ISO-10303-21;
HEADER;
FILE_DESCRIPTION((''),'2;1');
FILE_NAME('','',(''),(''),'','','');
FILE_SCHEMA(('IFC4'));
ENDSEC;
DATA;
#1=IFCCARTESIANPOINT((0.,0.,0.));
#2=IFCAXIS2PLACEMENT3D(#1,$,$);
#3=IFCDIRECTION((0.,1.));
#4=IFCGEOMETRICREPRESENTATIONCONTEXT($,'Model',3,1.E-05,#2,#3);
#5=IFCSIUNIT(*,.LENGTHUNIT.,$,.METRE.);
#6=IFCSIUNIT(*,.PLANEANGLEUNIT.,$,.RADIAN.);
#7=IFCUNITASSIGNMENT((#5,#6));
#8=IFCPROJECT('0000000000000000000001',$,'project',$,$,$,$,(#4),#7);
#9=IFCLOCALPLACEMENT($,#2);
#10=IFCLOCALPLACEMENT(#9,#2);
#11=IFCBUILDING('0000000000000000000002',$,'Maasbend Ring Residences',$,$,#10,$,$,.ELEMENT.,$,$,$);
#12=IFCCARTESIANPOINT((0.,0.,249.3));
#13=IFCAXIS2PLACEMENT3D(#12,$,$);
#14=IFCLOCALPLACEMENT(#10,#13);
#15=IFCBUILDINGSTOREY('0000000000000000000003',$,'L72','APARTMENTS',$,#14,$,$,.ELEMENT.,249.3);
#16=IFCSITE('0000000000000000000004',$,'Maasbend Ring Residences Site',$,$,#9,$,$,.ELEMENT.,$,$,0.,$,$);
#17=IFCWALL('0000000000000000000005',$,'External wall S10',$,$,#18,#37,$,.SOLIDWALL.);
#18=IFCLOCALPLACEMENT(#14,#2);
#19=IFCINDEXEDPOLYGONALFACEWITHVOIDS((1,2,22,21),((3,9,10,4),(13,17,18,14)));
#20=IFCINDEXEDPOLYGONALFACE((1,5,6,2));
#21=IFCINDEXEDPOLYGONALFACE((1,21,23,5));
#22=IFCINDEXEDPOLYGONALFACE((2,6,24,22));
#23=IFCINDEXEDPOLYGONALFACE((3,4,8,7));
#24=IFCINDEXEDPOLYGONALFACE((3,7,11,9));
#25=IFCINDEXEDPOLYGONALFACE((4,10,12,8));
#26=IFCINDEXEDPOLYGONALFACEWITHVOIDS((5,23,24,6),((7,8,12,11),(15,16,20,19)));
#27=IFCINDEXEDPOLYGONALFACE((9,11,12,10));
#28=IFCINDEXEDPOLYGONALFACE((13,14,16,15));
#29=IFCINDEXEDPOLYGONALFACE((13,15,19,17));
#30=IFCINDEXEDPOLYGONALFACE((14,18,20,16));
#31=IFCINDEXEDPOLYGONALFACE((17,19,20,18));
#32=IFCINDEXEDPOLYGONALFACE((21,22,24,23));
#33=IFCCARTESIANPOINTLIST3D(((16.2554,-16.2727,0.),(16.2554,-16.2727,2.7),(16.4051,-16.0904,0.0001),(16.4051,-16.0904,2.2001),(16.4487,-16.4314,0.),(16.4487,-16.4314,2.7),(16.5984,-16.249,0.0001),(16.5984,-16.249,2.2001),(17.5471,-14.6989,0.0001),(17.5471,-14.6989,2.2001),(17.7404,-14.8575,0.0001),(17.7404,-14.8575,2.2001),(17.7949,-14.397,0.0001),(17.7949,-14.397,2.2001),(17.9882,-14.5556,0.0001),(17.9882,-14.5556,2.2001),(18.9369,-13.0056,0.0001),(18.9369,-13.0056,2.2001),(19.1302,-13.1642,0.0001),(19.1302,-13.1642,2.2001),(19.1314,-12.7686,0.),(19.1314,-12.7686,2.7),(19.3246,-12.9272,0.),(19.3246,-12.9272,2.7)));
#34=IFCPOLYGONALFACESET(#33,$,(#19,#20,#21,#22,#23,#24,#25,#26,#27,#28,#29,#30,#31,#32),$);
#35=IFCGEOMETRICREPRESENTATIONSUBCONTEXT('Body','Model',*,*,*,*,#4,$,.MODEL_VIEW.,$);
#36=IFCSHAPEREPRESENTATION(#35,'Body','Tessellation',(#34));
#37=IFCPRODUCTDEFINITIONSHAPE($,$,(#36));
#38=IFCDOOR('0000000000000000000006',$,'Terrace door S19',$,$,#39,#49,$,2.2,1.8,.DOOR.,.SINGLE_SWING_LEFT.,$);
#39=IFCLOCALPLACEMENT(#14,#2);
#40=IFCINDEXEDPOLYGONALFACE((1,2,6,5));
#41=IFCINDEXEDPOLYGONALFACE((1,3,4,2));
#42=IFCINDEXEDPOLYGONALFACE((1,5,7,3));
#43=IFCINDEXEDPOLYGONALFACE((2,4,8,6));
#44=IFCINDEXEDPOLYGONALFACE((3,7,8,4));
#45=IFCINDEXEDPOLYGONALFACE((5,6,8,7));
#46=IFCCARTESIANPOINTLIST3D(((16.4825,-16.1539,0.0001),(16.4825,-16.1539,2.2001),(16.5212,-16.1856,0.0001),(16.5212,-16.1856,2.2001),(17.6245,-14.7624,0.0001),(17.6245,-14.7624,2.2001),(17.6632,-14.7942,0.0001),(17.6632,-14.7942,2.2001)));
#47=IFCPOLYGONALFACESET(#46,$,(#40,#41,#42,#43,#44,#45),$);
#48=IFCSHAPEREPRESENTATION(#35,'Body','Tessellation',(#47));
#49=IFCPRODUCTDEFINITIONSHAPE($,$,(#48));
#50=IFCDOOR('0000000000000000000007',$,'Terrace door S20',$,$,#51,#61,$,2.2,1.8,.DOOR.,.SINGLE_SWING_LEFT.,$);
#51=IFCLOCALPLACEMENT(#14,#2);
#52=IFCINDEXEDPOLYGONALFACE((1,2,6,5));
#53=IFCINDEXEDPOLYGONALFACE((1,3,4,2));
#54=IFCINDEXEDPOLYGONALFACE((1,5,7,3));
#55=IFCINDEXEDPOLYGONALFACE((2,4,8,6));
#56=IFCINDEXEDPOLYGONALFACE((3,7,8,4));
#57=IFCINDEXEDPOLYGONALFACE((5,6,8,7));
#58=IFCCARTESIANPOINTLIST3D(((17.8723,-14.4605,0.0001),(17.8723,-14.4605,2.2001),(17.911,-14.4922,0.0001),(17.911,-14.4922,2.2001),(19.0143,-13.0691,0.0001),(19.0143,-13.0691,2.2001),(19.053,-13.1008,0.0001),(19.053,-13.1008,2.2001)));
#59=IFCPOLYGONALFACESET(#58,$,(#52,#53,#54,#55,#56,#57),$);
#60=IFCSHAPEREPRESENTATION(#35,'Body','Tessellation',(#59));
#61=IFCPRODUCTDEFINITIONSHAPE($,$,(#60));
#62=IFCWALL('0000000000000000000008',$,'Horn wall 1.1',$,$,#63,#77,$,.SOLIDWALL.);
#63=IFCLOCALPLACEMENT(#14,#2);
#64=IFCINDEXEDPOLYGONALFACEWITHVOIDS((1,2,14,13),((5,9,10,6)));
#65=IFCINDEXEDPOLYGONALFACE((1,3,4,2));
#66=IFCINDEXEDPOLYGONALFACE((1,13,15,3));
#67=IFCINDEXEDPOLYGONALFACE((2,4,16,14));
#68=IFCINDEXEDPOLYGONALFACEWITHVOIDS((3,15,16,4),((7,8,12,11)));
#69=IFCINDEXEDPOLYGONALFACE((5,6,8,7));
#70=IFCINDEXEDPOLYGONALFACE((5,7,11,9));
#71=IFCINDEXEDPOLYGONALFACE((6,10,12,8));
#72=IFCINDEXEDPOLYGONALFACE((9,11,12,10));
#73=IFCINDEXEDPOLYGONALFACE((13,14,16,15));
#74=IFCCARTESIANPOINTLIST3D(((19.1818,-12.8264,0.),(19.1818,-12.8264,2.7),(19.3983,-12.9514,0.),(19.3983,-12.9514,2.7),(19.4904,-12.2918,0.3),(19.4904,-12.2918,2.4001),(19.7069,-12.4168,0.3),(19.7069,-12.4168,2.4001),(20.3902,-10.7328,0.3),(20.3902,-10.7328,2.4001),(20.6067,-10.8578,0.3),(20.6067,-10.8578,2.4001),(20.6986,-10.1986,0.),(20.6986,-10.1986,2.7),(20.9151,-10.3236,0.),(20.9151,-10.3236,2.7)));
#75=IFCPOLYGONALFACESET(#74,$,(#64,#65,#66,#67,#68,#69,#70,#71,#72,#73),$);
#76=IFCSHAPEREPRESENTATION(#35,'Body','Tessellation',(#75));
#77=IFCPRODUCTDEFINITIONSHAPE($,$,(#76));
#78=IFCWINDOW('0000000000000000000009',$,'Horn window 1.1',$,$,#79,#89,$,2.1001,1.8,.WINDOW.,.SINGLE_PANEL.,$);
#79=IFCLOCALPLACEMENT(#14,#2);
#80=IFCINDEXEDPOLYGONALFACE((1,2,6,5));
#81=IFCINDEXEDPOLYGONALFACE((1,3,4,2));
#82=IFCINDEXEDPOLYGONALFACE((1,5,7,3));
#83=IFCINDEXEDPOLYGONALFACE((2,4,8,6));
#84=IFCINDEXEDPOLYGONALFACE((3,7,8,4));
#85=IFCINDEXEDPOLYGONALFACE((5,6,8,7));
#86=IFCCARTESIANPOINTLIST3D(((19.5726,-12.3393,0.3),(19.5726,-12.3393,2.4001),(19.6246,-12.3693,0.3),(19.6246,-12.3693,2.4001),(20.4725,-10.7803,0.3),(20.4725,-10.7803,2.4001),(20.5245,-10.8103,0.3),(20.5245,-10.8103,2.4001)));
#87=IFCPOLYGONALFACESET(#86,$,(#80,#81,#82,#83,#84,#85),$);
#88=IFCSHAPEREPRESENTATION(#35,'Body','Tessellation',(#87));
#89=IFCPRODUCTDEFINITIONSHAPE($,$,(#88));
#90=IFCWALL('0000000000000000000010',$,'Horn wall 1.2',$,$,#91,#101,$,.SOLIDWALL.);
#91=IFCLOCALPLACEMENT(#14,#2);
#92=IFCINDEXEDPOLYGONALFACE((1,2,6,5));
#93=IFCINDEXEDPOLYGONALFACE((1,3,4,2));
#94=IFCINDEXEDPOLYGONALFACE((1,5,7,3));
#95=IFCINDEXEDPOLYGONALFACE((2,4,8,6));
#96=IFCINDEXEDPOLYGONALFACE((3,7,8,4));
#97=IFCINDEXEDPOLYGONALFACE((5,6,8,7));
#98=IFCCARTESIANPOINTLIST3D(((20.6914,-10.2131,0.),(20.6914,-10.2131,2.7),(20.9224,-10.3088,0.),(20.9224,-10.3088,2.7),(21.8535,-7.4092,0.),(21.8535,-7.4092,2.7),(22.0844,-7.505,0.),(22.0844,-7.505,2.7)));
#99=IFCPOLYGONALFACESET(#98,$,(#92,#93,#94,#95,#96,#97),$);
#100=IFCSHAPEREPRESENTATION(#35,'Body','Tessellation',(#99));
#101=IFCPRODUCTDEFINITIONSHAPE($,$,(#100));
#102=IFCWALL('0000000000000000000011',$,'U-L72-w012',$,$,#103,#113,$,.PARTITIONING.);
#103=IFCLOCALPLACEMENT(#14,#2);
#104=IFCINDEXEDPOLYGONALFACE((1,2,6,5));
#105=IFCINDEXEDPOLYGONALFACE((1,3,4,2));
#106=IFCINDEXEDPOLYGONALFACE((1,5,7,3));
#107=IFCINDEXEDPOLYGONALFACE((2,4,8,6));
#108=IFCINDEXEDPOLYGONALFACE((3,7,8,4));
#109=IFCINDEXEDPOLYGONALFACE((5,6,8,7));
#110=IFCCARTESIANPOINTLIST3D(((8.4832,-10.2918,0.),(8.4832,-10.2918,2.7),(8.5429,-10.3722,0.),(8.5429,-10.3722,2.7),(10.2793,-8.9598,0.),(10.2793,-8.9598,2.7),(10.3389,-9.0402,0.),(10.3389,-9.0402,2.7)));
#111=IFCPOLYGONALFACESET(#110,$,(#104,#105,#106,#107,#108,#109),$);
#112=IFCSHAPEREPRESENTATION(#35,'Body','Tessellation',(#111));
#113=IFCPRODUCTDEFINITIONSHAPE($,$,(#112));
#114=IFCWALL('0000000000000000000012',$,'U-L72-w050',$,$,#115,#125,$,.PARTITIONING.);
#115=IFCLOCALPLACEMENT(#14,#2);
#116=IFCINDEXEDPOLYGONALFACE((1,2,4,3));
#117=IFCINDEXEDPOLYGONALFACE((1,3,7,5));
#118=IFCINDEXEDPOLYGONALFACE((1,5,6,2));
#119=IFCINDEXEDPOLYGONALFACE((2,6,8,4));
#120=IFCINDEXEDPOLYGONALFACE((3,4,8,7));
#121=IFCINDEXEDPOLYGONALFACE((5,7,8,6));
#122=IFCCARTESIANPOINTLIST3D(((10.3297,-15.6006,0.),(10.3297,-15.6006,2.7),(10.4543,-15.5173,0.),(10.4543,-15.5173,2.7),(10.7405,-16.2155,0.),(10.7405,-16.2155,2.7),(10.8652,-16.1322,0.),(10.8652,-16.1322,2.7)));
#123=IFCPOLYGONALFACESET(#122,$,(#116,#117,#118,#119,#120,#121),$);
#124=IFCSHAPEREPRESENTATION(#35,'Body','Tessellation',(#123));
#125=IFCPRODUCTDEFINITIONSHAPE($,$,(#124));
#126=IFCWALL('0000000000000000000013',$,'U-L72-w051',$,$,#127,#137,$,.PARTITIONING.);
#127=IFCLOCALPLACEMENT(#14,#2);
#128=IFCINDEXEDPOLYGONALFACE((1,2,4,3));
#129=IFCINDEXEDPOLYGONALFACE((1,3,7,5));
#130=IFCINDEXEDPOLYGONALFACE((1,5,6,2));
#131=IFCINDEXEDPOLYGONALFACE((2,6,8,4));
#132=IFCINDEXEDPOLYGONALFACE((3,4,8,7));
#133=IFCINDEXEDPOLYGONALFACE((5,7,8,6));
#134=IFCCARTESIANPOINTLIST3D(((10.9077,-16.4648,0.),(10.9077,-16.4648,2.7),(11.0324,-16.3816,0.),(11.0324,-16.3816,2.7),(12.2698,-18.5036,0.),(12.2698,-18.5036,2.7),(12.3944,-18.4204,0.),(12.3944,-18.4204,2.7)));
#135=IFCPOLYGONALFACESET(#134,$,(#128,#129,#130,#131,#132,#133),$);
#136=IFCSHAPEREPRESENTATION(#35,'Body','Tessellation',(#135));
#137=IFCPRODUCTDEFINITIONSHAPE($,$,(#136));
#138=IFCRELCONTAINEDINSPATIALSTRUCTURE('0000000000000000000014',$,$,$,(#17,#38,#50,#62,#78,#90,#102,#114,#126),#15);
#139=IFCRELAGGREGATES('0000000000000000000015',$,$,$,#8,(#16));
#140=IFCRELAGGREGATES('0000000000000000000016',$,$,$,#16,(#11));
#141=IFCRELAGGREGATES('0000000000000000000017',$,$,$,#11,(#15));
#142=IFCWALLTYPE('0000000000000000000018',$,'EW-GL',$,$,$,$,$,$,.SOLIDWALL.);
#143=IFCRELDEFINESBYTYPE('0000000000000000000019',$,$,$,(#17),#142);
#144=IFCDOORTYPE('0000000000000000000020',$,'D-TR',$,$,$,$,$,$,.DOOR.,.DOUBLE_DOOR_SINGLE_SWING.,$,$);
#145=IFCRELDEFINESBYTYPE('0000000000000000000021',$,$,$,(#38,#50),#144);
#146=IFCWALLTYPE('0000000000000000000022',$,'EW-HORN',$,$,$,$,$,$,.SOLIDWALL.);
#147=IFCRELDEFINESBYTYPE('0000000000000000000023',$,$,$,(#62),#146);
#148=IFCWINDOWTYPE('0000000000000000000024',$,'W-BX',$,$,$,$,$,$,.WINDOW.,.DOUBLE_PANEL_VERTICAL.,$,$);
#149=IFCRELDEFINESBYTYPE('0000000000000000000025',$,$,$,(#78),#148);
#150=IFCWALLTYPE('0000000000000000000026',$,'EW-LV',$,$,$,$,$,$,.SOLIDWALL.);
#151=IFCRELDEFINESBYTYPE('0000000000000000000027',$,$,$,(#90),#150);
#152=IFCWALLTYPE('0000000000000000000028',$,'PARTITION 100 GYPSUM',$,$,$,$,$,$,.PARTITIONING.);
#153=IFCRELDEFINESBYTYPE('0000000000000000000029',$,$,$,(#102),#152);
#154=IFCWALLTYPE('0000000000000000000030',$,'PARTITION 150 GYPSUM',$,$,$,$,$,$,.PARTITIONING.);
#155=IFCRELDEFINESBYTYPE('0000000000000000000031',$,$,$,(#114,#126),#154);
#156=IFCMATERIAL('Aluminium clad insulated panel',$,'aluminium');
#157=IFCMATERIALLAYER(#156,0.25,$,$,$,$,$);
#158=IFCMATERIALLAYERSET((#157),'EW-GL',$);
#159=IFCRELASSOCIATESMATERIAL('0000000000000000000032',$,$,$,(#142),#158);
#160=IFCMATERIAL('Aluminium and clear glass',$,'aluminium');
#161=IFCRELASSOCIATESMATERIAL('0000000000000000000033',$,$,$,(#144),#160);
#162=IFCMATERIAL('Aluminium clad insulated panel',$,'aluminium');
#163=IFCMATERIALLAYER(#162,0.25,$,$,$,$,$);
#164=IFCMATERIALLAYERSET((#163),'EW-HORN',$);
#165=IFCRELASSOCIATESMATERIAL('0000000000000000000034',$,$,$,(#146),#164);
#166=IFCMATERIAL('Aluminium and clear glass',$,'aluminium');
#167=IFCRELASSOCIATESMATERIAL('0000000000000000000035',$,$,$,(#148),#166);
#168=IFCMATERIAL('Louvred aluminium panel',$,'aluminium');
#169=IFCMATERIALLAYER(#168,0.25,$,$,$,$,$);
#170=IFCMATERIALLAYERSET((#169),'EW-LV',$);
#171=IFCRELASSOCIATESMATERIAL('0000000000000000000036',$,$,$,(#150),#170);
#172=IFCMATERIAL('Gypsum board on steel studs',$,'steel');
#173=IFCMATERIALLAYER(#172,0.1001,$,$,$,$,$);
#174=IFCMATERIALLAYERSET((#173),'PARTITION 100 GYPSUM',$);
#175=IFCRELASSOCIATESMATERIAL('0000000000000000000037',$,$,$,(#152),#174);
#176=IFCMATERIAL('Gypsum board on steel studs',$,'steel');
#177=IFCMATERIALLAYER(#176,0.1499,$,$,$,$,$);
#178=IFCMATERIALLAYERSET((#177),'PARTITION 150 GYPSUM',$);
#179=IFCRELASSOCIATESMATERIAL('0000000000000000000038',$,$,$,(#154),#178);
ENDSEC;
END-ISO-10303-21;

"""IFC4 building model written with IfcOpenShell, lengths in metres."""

from ifc_helpers import new_model, si_unit, direction, frame, frame_2d, origin, place, context, subcontext, project, spatial, rectangle, extrude, material, layer, layer_set, type_object, element, fill, save


model = new_model("IFC4")

# Units and contexts
model_context = context("Model", 3, precision=1e-05, world=origin(), true_north=direction((0.0, 1.0)))
body_context = subcontext(model_context, "Body", "Model", "MODEL_VIEW")
ifc_project = project(units=[si_unit("LENGTHUNIT", "METRE"), si_unit("PLANEANGLEUNIT", "RADIAN")], contexts=[model_context])

# Site, building, storey
site_placement = place(None, origin())
site = spatial("IfcSite", under=ifc_project, at=site_placement, Name="Maasbend Ring Residences Site", CompositionType="ELEMENT", RefElevation=0.0)
building_placement = place(site_placement, origin())
building = spatial("IfcBuilding", under=site, at=building_placement, Name="Maasbend Ring Residences", CompositionType="ELEMENT")
storey_placement = place(building_placement, frame((0.0, 0.0, 249.3)))
storey = spatial("IfcBuildingStorey", under=building, at=storey_placement, Name="L72", Description="APARTMENTS", CompositionType="ELEMENT", Elevation=249.3)

# Wall, openings, doors
ifc_material_1 = material(Name="Aluminium clad insulated panel", Category="aluminium")
ifc_layer_1 = layer(ifc_material_1, 0.25)
ifc_layer_set_1 = layer_set([ifc_layer_1], Name="EW-GL")
wall_type_1 = type_object("IfcWallType", Name="EW-GL", PredefinedType="SOLIDWALL", material=ifc_layer_set_1)
ifc_material_2 = material(Name="Aluminium and clear glass", Category="aluminium")
door_type_1 = type_object("IfcDoorType", Name="D-TR", OperationType="DOUBLE_DOOR_SINGLE_SWING", PredefinedType="DOOR", material=ifc_material_2)
wall_1_placement = place(storey_placement, frame((16.3521, -16.3521, 0.0), z_axis=(0.0, 0.0, 1.0), x_axis=(0.634419, 0.772989, 0.0)))
wall_1 = element("IfcWall", 1, at=wall_1_placement, inside=storey, type_object=wall_type_1, Name="External wall S10", PredefinedType="SOLIDWALL", context=body_context, shape_type="SweptSolid", body=[
    extrude(rectangle(XDim=4.5332, YDim=0.25, at=frame_2d((2.2666, 0.0))), origin(), (0.0, 0.0, 1.0), 2.7),
])
opening_1_placement = place(wall_1_placement, frame((0.2361, 0.0, 0.0)))
opening_1 = element("IfcOpeningElement", 2, at=opening_1_placement, cuts=wall_1, PredefinedType="OPENING", context=body_context, shape_type="SweptSolid", body=[
    extrude(rectangle(XDim=1.8, YDim=2.2, at=frame_2d((0.8999, 1.1001))), frame((0.0, 0.135, 0.0), z_axis=(0.0, -1.0, 0.0), x_axis=(1.0, 0.0, 0.0)), (0.0, 0.0, 1.0), 0.27),
])
opening_2_placement = place(wall_1_placement, frame((2.4268, 0.0, 0.0)))
opening_2 = element("IfcOpeningElement", 3, at=opening_2_placement, cuts=wall_1, PredefinedType="OPENING", context=body_context, shape_type="SweptSolid", body=[
    extrude(rectangle(XDim=1.8, YDim=2.2, at=frame_2d((0.8999, 1.1001))), frame((0.0, 0.135, 0.0), z_axis=(0.0, -1.0, 0.0), x_axis=(1.0, 0.0, 0.0)), (0.0, 0.0, 1.0), 0.27),
])
door_1_placement = place(opening_1_placement, origin())
door_1 = element("IfcDoor", 4, at=door_1_placement, inside=storey, type_object=door_type_1, Name="Terrace door S19", OperationType="SINGLE_SWING_LEFT", OverallHeight=2.2, OverallWidth=1.8, PredefinedType="DOOR", context=body_context, shape_type="SweptSolid", body=[
    extrude(rectangle(XDim=1.8, YDim=2.2, at=frame_2d((0.8999, 1.1001))), frame((0.0, 0.0249, 0.0), z_axis=(0.0, -1.0, 0.0), x_axis=(1.0, 0.0, 0.0)), (0.0, 0.0, 1.0), 0.05),
])
fill(opening_1, door_1)
door_2_placement = place(opening_2_placement, origin())
door_2 = element("IfcDoor", 5, at=door_2_placement, inside=storey, type_object=door_type_1, Name="Terrace door S20", OperationType="SINGLE_SWING_LEFT", OverallHeight=2.2, OverallWidth=1.8, PredefinedType="DOOR", context=body_context, shape_type="SweptSolid", body=[
    extrude(rectangle(XDim=1.8, YDim=2.2, at=frame_2d((0.8999, 1.1001))), frame((0.0, 0.0249, 0.0), z_axis=(0.0, -1.0, 0.0), x_axis=(1.0, 0.0, 0.0)), (0.0, 0.0, 1.0), 0.05),
])
fill(opening_2, door_2)

# Wall, opening, window
ifc_material_3 = material(Name="Aluminium clad insulated panel", Category="aluminium")
ifc_layer_2 = layer(ifc_material_3, 0.25)
ifc_layer_set_2 = layer_set([ifc_layer_2], Name="EW-HORN")
wall_type_2 = type_object("IfcWallType", Name="EW-HORN", PredefinedType="SOLIDWALL", material=ifc_layer_set_2)
wall_2_placement = place(storey_placement, frame((19.29, -12.8889, 0.0), z_axis=(0.0, 0.0, 1.0), x_axis=(0.499904, 0.866081, 0.0)))
wall_2 = element("IfcWall", 6, at=wall_2_placement, inside=storey, type_object=wall_type_2, Name="Horn wall 1.1", PredefinedType="SOLIDWALL", context=body_context, shape_type="SweptSolid", body=[
    extrude(rectangle(XDim=3.0342, YDim=0.25, at=frame_2d((1.5171, 0.0))), origin(), (0.0, 0.0, 1.0), 2.7),
])
opening_3_placement = place(wall_2_placement, frame((0.6174, 0.0, 0.3)))
opening_3 = element("IfcOpeningElement", 7, at=opening_3_placement, cuts=wall_2, PredefinedType="OPENING", context=body_context, shape_type="SweptSolid", body=[
    extrude(rectangle(XDim=1.8, YDim=2.1001, at=frame_2d((0.8999, 1.05))), frame((0.0, 0.135, 0.0), z_axis=(0.0, -1.0, 0.0), x_axis=(1.0, 0.0, 0.0)), (0.0, 0.0, 1.0), 0.27),
])
ifc_material_4 = material(Name="Aluminium and clear glass", Category="aluminium")
window_type = type_object("IfcWindowType", Name="W-BX", PartitioningType="DOUBLE_PANEL_VERTICAL", PredefinedType="WINDOW", material=ifc_material_4)
window_placement = place(opening_3_placement, origin())
window = element("IfcWindow", 8, at=window_placement, inside=storey, type_object=window_type, Name="Horn window 1.1", OverallHeight=2.1001, OverallWidth=1.8, PartitioningType="SINGLE_PANEL", PredefinedType="WINDOW", context=body_context, shape_type="SweptSolid", body=[
    extrude(rectangle(XDim=1.8, YDim=2.1001, at=frame_2d((0.8999, 1.05))), frame((0.0, 0.03, 0.0), z_axis=(0.0, -1.0, 0.0), x_axis=(1.0, 0.0, 0.0)), (0.0, 0.0, 1.0), 0.0601),
])
fill(opening_3, window)

# Walls
ifc_material_5 = material(Name="Louvred aluminium panel", Category="aluminium")
ifc_layer_3 = layer(ifc_material_5, 0.25)
ifc_layer_set_3 = layer_set([ifc_layer_3], Name="EW-LV")
wall_type_3 = type_object("IfcWallType", Name="EW-LV", PredefinedType="SOLIDWALL", material=ifc_layer_set_3)
wall_3_placement = place(storey_placement, frame((20.8069, -10.261, 0.0), z_axis=(0.0, 0.0, 1.0), x_axis=(0.382873, 0.923801, 0.0)))
element("IfcWall", 9, at=wall_3_placement, inside=storey, type_object=wall_type_3, Name="Horn wall 1.2", PredefinedType="SOLIDWALL", context=body_context, shape_type="SweptSolid", body=[
    extrude(rectangle(XDim=3.0352, YDim=0.25, at=frame_2d((1.5176, 0.0))), origin(), (0.0, 0.0, 1.0), 2.7),
])
ifc_material_6 = material(Name="Gypsum board on steel studs", Category="steel")
ifc_layer_4 = layer(ifc_material_6, 0.1001)
ifc_layer_set_4 = layer_set([ifc_layer_4], Name="PARTITION 100 GYPSUM")
wall_type_4 = type_object("IfcWallType", Name="PARTITION 100 GYPSUM", PredefinedType="PARTITIONING", material=ifc_layer_set_4)
wall_4_placement = place(storey_placement, frame((8.5129, -10.332, 0.0), z_axis=(0.0, 0.0, 1.0), x_axis=(0.803224, 0.595677, 0.0)))
element("IfcWall", 10, at=wall_4_placement, inside=storey, type_object=wall_type_4, Name="U-L72-w012", PredefinedType="PARTITIONING", context=body_context, shape_type="SweptSolid", body=[
    extrude(rectangle(XDim=2.2361, YDim=0.1001, at=frame_2d((1.1182, 0.0))), origin(), (0.0, 0.0, 1.0), 2.7),
])
ifc_material_7 = material(Name="Gypsum board on steel studs", Category="steel")
ifc_layer_5 = layer(ifc_material_7, 0.1499)
ifc_layer_set_5 = layer_set([ifc_layer_5], Name="PARTITION 150 GYPSUM")
wall_type_5 = type_object("IfcWallType", Name="PARTITION 150 GYPSUM", PredefinedType="PARTITIONING", material=ifc_layer_set_5)
wall_5_placement = place(storey_placement, frame((10.3921, -15.5591, 0.0), z_axis=(0.0, 0.0, 1.0), x_axis=(0.555538, -0.831491, 0.0)))
element("IfcWall", 11, at=wall_5_placement, inside=storey, type_object=wall_type_5, Name="U-L72-w050", PredefinedType="PARTITIONING", context=body_context, shape_type="SweptSolid", body=[
    extrude(rectangle(XDim=0.7395, YDim=0.1499, at=frame_2d((0.3696, 0.0))), origin(), (0.0, 0.0, 1.0), 2.7),
])
wall_6_placement = place(storey_placement, frame((10.97, -16.4231, 0.0), z_axis=(0.0, 0.0, 1.0), x_axis=(0.555504, -0.831514, 0.0)))
element("IfcWall", 12, at=wall_6_placement, inside=storey, type_object=wall_type_5, Name="U-L72-w051", PredefinedType="PARTITIONING", context=body_context, shape_type="SweptSolid", body=[
    extrude(rectangle(XDim=2.4519, YDim=0.1499, at=frame_2d((1.2261, 0.0))), origin(), (0.0, 0.0, 1.0), 2.7),
])

save(model, "model.ifc")
